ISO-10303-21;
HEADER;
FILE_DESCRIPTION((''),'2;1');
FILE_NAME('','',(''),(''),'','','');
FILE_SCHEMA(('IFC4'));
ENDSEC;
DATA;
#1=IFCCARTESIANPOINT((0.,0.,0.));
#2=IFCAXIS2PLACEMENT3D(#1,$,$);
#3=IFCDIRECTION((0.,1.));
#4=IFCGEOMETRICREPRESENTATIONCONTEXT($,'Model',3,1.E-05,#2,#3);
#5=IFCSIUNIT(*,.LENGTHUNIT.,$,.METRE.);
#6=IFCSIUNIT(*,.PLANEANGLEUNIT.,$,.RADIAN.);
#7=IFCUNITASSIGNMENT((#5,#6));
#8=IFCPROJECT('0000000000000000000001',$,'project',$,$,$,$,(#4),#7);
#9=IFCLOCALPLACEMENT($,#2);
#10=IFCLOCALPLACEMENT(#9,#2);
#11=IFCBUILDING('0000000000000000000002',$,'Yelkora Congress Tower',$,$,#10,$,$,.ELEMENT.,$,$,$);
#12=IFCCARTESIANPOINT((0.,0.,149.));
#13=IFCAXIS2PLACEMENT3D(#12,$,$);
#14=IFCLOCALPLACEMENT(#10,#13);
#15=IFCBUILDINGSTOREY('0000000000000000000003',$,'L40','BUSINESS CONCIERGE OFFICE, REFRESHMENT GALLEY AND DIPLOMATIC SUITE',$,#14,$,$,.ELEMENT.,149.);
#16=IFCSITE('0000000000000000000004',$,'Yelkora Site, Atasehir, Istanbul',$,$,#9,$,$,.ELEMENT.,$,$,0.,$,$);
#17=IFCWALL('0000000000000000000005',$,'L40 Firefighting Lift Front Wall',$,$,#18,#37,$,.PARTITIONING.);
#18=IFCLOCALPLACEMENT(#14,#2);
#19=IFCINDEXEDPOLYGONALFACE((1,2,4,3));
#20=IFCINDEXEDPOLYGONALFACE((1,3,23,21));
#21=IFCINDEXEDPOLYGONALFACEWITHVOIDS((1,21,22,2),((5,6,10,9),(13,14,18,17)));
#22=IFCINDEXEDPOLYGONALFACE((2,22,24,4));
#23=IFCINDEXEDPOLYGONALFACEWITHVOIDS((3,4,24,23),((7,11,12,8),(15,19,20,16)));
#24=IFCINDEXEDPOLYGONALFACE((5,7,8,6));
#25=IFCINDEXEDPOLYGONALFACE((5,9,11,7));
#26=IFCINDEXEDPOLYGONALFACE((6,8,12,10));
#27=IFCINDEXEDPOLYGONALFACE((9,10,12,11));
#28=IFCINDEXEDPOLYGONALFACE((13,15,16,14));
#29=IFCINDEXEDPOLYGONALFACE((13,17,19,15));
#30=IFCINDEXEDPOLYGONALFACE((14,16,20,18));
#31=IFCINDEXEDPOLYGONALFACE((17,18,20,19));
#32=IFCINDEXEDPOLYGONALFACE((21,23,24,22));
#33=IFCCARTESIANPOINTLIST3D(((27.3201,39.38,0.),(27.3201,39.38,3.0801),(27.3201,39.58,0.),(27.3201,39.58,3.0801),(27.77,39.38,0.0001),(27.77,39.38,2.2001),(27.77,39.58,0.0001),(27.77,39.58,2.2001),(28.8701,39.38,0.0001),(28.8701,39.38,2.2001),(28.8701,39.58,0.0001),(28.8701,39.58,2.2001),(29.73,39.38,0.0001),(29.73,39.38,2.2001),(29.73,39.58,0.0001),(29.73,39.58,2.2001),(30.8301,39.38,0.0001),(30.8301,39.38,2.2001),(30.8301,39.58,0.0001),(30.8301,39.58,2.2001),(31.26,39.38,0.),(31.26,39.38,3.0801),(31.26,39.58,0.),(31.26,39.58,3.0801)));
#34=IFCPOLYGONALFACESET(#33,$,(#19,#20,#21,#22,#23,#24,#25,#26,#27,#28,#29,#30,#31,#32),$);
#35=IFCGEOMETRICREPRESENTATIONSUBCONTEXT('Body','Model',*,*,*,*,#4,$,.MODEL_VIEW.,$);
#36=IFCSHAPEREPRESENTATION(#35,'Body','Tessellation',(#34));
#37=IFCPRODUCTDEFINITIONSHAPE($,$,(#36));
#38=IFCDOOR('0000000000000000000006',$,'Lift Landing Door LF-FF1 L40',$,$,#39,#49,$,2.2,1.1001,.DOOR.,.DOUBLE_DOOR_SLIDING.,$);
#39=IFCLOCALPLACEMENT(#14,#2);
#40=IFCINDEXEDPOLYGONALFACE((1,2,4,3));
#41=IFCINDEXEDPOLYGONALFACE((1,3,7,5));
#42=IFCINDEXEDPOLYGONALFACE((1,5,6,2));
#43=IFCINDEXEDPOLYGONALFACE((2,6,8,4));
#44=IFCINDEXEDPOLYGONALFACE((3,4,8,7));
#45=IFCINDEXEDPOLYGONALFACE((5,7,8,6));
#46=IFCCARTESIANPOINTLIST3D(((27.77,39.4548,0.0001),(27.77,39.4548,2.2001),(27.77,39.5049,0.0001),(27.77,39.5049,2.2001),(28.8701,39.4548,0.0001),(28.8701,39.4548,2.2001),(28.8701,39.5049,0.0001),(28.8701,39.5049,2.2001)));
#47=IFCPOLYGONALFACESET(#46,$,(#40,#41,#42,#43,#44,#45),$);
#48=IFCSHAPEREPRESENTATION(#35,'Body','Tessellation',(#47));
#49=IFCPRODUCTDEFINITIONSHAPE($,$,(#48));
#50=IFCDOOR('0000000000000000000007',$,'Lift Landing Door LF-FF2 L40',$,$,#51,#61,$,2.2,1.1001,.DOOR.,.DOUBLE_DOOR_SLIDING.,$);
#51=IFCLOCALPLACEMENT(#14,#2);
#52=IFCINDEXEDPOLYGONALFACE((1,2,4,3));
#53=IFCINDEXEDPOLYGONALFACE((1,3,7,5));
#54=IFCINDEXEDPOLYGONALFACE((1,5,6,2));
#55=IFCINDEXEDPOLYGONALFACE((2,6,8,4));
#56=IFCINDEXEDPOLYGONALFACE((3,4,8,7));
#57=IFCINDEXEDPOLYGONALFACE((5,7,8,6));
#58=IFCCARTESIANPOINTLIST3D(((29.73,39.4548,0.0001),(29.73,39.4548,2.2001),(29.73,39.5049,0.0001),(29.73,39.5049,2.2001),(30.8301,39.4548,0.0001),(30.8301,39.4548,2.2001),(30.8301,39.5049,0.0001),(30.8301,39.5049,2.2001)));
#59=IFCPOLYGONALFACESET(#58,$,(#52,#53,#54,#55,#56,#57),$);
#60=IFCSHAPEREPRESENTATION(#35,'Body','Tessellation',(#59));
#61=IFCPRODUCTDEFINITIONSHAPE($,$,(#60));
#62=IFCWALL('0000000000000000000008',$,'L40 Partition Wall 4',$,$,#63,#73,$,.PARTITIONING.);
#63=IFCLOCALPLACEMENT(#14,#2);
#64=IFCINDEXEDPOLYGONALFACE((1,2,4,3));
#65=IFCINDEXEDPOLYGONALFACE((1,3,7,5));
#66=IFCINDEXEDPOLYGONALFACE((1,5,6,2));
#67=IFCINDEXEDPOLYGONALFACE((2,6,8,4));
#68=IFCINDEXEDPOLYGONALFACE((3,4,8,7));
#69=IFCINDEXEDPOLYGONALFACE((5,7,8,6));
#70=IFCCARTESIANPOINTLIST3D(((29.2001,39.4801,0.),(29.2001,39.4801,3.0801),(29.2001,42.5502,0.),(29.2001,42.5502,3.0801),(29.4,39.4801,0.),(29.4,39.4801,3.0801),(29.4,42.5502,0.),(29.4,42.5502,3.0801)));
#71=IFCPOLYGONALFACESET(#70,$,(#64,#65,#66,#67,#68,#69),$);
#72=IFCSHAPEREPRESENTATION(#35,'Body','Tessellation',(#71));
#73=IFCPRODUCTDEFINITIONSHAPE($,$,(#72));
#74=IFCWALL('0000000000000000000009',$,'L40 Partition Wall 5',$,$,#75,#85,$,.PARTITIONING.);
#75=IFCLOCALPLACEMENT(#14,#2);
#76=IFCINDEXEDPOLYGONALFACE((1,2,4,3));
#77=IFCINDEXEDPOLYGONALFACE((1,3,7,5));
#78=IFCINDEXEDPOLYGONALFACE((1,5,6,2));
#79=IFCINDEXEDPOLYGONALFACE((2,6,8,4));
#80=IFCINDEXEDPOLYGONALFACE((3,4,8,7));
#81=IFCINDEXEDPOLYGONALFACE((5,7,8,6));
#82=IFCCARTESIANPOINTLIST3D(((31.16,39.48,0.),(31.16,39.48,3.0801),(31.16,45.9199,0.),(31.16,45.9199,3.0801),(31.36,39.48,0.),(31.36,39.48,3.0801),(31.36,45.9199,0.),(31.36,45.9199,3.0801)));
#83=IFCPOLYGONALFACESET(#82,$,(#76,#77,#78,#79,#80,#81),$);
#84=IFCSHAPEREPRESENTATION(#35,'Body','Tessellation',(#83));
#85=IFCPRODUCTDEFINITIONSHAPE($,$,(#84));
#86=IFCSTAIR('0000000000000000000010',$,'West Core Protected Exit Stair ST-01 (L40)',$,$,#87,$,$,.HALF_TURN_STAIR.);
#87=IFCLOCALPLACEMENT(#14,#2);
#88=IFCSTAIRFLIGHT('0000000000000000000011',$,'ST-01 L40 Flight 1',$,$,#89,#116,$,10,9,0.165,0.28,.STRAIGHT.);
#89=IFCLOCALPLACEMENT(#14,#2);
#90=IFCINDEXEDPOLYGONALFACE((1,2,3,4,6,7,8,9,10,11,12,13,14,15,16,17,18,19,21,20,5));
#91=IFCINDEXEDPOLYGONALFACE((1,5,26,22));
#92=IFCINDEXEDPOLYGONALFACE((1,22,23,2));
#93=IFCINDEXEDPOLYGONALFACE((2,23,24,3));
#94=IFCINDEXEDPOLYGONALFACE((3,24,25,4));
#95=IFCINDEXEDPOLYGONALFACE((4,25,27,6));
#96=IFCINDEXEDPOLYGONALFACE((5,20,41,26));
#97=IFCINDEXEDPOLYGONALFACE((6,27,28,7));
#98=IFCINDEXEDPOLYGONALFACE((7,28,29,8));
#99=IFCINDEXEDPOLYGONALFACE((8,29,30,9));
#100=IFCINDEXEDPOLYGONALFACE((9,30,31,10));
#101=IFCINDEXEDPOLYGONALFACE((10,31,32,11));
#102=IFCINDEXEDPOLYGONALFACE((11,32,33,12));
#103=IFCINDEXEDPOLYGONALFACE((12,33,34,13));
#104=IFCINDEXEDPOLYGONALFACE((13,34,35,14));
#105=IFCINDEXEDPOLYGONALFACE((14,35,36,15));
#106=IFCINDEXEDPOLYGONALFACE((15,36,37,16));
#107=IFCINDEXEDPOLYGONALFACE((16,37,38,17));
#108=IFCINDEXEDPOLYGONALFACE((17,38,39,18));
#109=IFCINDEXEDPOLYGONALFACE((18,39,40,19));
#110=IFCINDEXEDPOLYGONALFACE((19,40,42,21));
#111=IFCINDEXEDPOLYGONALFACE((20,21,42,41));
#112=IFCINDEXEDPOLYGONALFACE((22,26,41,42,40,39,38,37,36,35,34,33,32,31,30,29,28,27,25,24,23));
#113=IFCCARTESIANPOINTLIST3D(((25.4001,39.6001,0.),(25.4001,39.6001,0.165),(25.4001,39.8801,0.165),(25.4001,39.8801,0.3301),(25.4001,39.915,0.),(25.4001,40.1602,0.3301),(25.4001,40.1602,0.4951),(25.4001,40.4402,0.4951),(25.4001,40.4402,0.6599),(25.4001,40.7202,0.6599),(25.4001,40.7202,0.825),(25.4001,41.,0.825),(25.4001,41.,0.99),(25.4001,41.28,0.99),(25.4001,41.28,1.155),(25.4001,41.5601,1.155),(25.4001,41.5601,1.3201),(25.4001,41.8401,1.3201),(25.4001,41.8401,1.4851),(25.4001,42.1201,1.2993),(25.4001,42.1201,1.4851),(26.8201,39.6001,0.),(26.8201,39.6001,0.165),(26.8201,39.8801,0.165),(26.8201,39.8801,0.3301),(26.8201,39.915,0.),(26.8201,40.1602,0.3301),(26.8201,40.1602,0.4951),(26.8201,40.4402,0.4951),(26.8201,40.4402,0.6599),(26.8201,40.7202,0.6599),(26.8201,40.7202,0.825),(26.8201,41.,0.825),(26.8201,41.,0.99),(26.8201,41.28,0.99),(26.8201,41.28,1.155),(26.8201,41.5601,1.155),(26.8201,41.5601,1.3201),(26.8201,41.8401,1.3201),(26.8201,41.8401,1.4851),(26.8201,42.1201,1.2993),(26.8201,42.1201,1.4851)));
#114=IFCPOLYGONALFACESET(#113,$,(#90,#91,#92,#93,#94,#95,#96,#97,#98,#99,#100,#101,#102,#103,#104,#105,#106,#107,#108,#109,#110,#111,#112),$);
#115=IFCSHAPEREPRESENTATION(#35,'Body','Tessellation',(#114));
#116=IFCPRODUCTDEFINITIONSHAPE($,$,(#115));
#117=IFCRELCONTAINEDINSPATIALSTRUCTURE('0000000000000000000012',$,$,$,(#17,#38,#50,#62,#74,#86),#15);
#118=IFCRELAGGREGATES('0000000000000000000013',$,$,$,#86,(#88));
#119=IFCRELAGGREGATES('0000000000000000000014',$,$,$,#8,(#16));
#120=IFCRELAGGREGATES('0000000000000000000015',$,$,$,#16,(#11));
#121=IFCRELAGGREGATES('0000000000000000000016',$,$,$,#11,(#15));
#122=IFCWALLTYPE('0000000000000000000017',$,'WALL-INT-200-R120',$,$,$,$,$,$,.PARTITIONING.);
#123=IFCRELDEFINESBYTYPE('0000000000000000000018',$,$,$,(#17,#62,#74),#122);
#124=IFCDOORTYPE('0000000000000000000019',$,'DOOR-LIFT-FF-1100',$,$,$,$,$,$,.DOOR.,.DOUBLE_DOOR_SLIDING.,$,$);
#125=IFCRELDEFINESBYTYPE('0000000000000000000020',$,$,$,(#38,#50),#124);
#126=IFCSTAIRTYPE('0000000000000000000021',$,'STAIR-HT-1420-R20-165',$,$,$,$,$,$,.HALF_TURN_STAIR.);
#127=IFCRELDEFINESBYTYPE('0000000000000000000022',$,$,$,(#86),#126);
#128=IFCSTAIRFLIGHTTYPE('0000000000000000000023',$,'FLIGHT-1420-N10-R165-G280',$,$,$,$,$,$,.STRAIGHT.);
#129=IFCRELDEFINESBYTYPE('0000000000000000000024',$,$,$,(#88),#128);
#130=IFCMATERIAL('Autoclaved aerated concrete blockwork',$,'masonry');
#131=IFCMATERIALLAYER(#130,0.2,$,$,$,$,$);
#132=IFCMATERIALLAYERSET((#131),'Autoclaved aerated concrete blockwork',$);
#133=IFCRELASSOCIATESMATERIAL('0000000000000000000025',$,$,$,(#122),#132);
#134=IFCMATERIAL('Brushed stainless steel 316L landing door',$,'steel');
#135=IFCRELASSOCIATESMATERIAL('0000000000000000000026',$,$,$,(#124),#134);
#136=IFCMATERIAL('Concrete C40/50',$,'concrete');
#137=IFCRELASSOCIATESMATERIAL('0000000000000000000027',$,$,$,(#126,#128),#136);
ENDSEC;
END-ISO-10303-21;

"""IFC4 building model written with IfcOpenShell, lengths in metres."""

from ifc_helpers import new_model, si_unit, direction, frame, frame_2d, origin, place, context, subcontext, project, spatial, polyline, rectangle, outline, extrude, material, layer, layer_set, type_object, element, fill, aggregate, save


model = new_model("IFC4")

# Units and contexts
model_context = context("Model", 3, precision=1e-05, world=origin(), true_north=direction((0.0, 1.0)))
body_context = subcontext(model_context, "Body", "Model", "MODEL_VIEW")
ifc_project = project(units=[si_unit("LENGTHUNIT", "METRE"), si_unit("PLANEANGLEUNIT", "RADIAN")], contexts=[model_context])

# Site, building, storey
site_placement = place(None, origin())
site = spatial("IfcSite", under=ifc_project, at=site_placement, Name="Yelkora Site, Atasehir, Istanbul", CompositionType="ELEMENT", RefElevation=0.0)
building_placement = place(site_placement, origin())
building = spatial("IfcBuilding", under=site, at=building_placement, Name="Yelkora Congress Tower", CompositionType="ELEMENT")
storey_placement = place(building_placement, frame((0.0, 0.0, 149.0)))
storey = spatial("IfcBuildingStorey", under=building, at=storey_placement, Name="L40", Description="BUSINESS CONCIERGE OFFICE, REFRESHMENT GALLEY AND DIPLOMATIC SUITE", CompositionType="ELEMENT", Elevation=149.0)

# Shared definitions
ifc_material_1 = material(Name="Autoclaved aerated concrete blockwork", Category="masonry")
ifc_layer_1 = layer(ifc_material_1, 0.2)
ifc_layer_set_1 = layer_set([ifc_layer_1], Name="Autoclaved aerated concrete blockwork")
wall_type_1 = type_object("IfcWallType", Name="WALL-INT-200-R120", PredefinedType="PARTITIONING", material=ifc_layer_set_1)

# Wall, openings, doors
wall_1_placement = place(storey_placement, frame((27.3201, 39.48, 0.0), z_axis=(0.0, 0.0, 1.0), x_axis=(1.0, 0.0, 0.0)))
wall_1 = element("IfcWall", 1, at=wall_1_placement, inside=storey, type_object=wall_type_1, Name="L40 Firefighting Lift Front Wall", PredefinedType="PARTITIONING", context=body_context, shape_type="SweptSolid", body=[
    extrude(rectangle(XDim=3.9399, YDim=0.2, at=frame_2d((1.97, 0.0))), origin(), (0.0, 0.0, 1.0), 3.0801),
])
opening_1_placement = place(wall_1_placement, frame((0.45, 0.0, 0.0)))
opening_1 = element("IfcOpeningElement", 2, at=opening_1_placement, cuts=wall_1, PredefinedType="OPENING", context=body_context, shape_type="SweptSolid", body=[
    extrude(rectangle(XDim=1.1001, YDim=2.2, at=frame_2d((0.55, 1.1001))), frame((0.0, 0.1099, 0.0), z_axis=(0.0, -1.0, 0.0), x_axis=(1.0, 0.0, 0.0)), (0.0, 0.0, 1.0), 0.22),
])
opening_2_placement = place(wall_1_placement, frame((2.4099, 0.0, 0.0)))
opening_2 = element("IfcOpeningElement", 3, at=opening_2_placement, cuts=wall_1, PredefinedType="OPENING", context=body_context, shape_type="SweptSolid", body=[
    extrude(rectangle(XDim=1.1001, YDim=2.2, at=frame_2d((0.55, 1.1001))), frame((0.0, 0.1099, 0.0), z_axis=(0.0, -1.0, 0.0), x_axis=(1.0, 0.0, 0.0)), (0.0, 0.0, 1.0), 0.22),
])
ifc_material_2 = material(Name="Brushed stainless steel 316L landing door", Category="steel")
door_type_1 = type_object("IfcDoorType", Name="DOOR-LIFT-FF-1100", OperationType="DOUBLE_DOOR_SLIDING", PredefinedType="DOOR", material=ifc_material_2)
door_1_placement = place(opening_1_placement, origin())
door_1 = element("IfcDoor", 4, at=door_1_placement, inside=storey, type_object=door_type_1, Name="Lift Landing Door LF-FF1 L40", OperationType="DOUBLE_DOOR_SLIDING", OverallHeight=2.2, OverallWidth=1.1001, PredefinedType="DOOR", context=body_context, shape_type="SweptSolid", body=[
    extrude(rectangle(XDim=1.1001, YDim=2.2, at=frame_2d((0.55, 1.1001))), frame((0.0, 0.0249, 0.0), z_axis=(0.0, -1.0, 0.0), x_axis=(1.0, 0.0, 0.0)), (0.0, 0.0, 1.0), 0.05),
])
fill(opening_1, door_1)
door_2_placement = place(opening_2_placement, origin())
door_2 = element("IfcDoor", 5, at=door_2_placement, inside=storey, type_object=door_type_1, Name="Lift Landing Door LF-FF2 L40", OperationType="DOUBLE_DOOR_SLIDING", OverallHeight=2.2, OverallWidth=1.1001, PredefinedType="DOOR", context=body_context, shape_type="SweptSolid", body=[
    extrude(rectangle(XDim=1.1001, YDim=2.2, at=frame_2d((0.55, 1.1001))), frame((0.0, 0.0249, 0.0), z_axis=(0.0, -1.0, 0.0), x_axis=(1.0, 0.0, 0.0)), (0.0, 0.0, 1.0), 0.05),
])
fill(opening_2, door_2)

# Walls
wall_2_placement = place(storey_placement, frame((29.3, 39.48, 0.0), z_axis=(0.0, 0.0, 1.0), x_axis=(0.0, 1.0, 0.0)))
element("IfcWall", 6, at=wall_2_placement, inside=storey, type_object=wall_type_1, Name="L40 Partition Wall 4", PredefinedType="PARTITIONING", context=body_context, shape_type="SweptSolid", body=[
    extrude(rectangle(XDim=3.0701, YDim=0.2, at=frame_2d((1.5352, 0.0))), origin(), (0.0, 0.0, 1.0), 3.0801),
])
wall_3_placement = place(storey_placement, frame((31.26, 39.48, 0.0), z_axis=(0.0, 0.0, 1.0), x_axis=(0.0, 1.0, 0.0)))
element("IfcWall", 7, at=wall_3_placement, inside=storey, type_object=wall_type_1, Name="L40 Partition Wall 5", PredefinedType="PARTITIONING", context=body_context, shape_type="SweptSolid", body=[
    extrude(rectangle(XDim=6.4399, YDim=0.2, at=frame_2d((3.22, 0.0))), origin(), (0.0, 0.0, 1.0), 3.0801),
])

# Stair, stair flight
ifc_material_3 = material(Name="Concrete C40/50", Category="concrete")
stair_type = type_object("IfcStairType", Name="STAIR-HT-1420-R20-165", PredefinedType="HALF_TURN_STAIR", material=ifc_material_3)
stair_placement = place(storey_placement, origin())
stair = element("IfcStair", 8, at=stair_placement, inside=storey, type_object=stair_type, Name="West Core Protected Exit Stair ST-01 (L40)", PredefinedType="HALF_TURN_STAIR")
stair_flight_type = type_object("IfcStairFlightType", Name="FLIGHT-1420-N10-R165-G280", PredefinedType="STRAIGHT", material=ifc_material_3)
stair_flight_placement = place(storey_placement, frame((26.1101, 39.6001, 0.0), z_axis=(0.0, 0.0, 1.0), x_axis=(0.0, 1.0, 0.0)))
stair_flight = element("IfcStairFlight", 9, at=stair_flight_placement, type_object=stair_flight_type, Name="ST-01 L40 Flight 1", NumberOfRisers=10, NumberOfTreads=9, PredefinedType="STRAIGHT", RiserHeight=0.165, TreadLength=0.28, context=body_context, shape_type="SweptSolid", body=[
    extrude(outline(polyline([(0.0, 0.0), (0.0, 0.165), (0.28, 0.165), (0.28, 0.3301), (0.5601, 0.3301), (0.5601, 0.4951), (0.8401, 0.4951), (0.8401, 0.6599), (1.1201, 0.6599), (1.1201, 0.825), (1.3999, 0.825), (1.3999, 0.99), (1.6799, 0.99), (1.6799, 1.155), (1.96, 1.155), (1.96, 1.3201), (2.24, 1.3201), (2.24, 1.4851), (2.52, 1.4851), (2.52, 1.6499), (2.52, 1.2993), (0.3149, 0.0), (0.0, 0.0)])), frame((0.0, 0.71, 0.0), z_axis=(0.0, -1.0, 0.0), x_axis=(1.0, 0.0, 0.0)), (0.0, 0.0, 1.0), 1.4199),
])
aggregate(stair, [stair_flight])

save(model, "model.ifc")
